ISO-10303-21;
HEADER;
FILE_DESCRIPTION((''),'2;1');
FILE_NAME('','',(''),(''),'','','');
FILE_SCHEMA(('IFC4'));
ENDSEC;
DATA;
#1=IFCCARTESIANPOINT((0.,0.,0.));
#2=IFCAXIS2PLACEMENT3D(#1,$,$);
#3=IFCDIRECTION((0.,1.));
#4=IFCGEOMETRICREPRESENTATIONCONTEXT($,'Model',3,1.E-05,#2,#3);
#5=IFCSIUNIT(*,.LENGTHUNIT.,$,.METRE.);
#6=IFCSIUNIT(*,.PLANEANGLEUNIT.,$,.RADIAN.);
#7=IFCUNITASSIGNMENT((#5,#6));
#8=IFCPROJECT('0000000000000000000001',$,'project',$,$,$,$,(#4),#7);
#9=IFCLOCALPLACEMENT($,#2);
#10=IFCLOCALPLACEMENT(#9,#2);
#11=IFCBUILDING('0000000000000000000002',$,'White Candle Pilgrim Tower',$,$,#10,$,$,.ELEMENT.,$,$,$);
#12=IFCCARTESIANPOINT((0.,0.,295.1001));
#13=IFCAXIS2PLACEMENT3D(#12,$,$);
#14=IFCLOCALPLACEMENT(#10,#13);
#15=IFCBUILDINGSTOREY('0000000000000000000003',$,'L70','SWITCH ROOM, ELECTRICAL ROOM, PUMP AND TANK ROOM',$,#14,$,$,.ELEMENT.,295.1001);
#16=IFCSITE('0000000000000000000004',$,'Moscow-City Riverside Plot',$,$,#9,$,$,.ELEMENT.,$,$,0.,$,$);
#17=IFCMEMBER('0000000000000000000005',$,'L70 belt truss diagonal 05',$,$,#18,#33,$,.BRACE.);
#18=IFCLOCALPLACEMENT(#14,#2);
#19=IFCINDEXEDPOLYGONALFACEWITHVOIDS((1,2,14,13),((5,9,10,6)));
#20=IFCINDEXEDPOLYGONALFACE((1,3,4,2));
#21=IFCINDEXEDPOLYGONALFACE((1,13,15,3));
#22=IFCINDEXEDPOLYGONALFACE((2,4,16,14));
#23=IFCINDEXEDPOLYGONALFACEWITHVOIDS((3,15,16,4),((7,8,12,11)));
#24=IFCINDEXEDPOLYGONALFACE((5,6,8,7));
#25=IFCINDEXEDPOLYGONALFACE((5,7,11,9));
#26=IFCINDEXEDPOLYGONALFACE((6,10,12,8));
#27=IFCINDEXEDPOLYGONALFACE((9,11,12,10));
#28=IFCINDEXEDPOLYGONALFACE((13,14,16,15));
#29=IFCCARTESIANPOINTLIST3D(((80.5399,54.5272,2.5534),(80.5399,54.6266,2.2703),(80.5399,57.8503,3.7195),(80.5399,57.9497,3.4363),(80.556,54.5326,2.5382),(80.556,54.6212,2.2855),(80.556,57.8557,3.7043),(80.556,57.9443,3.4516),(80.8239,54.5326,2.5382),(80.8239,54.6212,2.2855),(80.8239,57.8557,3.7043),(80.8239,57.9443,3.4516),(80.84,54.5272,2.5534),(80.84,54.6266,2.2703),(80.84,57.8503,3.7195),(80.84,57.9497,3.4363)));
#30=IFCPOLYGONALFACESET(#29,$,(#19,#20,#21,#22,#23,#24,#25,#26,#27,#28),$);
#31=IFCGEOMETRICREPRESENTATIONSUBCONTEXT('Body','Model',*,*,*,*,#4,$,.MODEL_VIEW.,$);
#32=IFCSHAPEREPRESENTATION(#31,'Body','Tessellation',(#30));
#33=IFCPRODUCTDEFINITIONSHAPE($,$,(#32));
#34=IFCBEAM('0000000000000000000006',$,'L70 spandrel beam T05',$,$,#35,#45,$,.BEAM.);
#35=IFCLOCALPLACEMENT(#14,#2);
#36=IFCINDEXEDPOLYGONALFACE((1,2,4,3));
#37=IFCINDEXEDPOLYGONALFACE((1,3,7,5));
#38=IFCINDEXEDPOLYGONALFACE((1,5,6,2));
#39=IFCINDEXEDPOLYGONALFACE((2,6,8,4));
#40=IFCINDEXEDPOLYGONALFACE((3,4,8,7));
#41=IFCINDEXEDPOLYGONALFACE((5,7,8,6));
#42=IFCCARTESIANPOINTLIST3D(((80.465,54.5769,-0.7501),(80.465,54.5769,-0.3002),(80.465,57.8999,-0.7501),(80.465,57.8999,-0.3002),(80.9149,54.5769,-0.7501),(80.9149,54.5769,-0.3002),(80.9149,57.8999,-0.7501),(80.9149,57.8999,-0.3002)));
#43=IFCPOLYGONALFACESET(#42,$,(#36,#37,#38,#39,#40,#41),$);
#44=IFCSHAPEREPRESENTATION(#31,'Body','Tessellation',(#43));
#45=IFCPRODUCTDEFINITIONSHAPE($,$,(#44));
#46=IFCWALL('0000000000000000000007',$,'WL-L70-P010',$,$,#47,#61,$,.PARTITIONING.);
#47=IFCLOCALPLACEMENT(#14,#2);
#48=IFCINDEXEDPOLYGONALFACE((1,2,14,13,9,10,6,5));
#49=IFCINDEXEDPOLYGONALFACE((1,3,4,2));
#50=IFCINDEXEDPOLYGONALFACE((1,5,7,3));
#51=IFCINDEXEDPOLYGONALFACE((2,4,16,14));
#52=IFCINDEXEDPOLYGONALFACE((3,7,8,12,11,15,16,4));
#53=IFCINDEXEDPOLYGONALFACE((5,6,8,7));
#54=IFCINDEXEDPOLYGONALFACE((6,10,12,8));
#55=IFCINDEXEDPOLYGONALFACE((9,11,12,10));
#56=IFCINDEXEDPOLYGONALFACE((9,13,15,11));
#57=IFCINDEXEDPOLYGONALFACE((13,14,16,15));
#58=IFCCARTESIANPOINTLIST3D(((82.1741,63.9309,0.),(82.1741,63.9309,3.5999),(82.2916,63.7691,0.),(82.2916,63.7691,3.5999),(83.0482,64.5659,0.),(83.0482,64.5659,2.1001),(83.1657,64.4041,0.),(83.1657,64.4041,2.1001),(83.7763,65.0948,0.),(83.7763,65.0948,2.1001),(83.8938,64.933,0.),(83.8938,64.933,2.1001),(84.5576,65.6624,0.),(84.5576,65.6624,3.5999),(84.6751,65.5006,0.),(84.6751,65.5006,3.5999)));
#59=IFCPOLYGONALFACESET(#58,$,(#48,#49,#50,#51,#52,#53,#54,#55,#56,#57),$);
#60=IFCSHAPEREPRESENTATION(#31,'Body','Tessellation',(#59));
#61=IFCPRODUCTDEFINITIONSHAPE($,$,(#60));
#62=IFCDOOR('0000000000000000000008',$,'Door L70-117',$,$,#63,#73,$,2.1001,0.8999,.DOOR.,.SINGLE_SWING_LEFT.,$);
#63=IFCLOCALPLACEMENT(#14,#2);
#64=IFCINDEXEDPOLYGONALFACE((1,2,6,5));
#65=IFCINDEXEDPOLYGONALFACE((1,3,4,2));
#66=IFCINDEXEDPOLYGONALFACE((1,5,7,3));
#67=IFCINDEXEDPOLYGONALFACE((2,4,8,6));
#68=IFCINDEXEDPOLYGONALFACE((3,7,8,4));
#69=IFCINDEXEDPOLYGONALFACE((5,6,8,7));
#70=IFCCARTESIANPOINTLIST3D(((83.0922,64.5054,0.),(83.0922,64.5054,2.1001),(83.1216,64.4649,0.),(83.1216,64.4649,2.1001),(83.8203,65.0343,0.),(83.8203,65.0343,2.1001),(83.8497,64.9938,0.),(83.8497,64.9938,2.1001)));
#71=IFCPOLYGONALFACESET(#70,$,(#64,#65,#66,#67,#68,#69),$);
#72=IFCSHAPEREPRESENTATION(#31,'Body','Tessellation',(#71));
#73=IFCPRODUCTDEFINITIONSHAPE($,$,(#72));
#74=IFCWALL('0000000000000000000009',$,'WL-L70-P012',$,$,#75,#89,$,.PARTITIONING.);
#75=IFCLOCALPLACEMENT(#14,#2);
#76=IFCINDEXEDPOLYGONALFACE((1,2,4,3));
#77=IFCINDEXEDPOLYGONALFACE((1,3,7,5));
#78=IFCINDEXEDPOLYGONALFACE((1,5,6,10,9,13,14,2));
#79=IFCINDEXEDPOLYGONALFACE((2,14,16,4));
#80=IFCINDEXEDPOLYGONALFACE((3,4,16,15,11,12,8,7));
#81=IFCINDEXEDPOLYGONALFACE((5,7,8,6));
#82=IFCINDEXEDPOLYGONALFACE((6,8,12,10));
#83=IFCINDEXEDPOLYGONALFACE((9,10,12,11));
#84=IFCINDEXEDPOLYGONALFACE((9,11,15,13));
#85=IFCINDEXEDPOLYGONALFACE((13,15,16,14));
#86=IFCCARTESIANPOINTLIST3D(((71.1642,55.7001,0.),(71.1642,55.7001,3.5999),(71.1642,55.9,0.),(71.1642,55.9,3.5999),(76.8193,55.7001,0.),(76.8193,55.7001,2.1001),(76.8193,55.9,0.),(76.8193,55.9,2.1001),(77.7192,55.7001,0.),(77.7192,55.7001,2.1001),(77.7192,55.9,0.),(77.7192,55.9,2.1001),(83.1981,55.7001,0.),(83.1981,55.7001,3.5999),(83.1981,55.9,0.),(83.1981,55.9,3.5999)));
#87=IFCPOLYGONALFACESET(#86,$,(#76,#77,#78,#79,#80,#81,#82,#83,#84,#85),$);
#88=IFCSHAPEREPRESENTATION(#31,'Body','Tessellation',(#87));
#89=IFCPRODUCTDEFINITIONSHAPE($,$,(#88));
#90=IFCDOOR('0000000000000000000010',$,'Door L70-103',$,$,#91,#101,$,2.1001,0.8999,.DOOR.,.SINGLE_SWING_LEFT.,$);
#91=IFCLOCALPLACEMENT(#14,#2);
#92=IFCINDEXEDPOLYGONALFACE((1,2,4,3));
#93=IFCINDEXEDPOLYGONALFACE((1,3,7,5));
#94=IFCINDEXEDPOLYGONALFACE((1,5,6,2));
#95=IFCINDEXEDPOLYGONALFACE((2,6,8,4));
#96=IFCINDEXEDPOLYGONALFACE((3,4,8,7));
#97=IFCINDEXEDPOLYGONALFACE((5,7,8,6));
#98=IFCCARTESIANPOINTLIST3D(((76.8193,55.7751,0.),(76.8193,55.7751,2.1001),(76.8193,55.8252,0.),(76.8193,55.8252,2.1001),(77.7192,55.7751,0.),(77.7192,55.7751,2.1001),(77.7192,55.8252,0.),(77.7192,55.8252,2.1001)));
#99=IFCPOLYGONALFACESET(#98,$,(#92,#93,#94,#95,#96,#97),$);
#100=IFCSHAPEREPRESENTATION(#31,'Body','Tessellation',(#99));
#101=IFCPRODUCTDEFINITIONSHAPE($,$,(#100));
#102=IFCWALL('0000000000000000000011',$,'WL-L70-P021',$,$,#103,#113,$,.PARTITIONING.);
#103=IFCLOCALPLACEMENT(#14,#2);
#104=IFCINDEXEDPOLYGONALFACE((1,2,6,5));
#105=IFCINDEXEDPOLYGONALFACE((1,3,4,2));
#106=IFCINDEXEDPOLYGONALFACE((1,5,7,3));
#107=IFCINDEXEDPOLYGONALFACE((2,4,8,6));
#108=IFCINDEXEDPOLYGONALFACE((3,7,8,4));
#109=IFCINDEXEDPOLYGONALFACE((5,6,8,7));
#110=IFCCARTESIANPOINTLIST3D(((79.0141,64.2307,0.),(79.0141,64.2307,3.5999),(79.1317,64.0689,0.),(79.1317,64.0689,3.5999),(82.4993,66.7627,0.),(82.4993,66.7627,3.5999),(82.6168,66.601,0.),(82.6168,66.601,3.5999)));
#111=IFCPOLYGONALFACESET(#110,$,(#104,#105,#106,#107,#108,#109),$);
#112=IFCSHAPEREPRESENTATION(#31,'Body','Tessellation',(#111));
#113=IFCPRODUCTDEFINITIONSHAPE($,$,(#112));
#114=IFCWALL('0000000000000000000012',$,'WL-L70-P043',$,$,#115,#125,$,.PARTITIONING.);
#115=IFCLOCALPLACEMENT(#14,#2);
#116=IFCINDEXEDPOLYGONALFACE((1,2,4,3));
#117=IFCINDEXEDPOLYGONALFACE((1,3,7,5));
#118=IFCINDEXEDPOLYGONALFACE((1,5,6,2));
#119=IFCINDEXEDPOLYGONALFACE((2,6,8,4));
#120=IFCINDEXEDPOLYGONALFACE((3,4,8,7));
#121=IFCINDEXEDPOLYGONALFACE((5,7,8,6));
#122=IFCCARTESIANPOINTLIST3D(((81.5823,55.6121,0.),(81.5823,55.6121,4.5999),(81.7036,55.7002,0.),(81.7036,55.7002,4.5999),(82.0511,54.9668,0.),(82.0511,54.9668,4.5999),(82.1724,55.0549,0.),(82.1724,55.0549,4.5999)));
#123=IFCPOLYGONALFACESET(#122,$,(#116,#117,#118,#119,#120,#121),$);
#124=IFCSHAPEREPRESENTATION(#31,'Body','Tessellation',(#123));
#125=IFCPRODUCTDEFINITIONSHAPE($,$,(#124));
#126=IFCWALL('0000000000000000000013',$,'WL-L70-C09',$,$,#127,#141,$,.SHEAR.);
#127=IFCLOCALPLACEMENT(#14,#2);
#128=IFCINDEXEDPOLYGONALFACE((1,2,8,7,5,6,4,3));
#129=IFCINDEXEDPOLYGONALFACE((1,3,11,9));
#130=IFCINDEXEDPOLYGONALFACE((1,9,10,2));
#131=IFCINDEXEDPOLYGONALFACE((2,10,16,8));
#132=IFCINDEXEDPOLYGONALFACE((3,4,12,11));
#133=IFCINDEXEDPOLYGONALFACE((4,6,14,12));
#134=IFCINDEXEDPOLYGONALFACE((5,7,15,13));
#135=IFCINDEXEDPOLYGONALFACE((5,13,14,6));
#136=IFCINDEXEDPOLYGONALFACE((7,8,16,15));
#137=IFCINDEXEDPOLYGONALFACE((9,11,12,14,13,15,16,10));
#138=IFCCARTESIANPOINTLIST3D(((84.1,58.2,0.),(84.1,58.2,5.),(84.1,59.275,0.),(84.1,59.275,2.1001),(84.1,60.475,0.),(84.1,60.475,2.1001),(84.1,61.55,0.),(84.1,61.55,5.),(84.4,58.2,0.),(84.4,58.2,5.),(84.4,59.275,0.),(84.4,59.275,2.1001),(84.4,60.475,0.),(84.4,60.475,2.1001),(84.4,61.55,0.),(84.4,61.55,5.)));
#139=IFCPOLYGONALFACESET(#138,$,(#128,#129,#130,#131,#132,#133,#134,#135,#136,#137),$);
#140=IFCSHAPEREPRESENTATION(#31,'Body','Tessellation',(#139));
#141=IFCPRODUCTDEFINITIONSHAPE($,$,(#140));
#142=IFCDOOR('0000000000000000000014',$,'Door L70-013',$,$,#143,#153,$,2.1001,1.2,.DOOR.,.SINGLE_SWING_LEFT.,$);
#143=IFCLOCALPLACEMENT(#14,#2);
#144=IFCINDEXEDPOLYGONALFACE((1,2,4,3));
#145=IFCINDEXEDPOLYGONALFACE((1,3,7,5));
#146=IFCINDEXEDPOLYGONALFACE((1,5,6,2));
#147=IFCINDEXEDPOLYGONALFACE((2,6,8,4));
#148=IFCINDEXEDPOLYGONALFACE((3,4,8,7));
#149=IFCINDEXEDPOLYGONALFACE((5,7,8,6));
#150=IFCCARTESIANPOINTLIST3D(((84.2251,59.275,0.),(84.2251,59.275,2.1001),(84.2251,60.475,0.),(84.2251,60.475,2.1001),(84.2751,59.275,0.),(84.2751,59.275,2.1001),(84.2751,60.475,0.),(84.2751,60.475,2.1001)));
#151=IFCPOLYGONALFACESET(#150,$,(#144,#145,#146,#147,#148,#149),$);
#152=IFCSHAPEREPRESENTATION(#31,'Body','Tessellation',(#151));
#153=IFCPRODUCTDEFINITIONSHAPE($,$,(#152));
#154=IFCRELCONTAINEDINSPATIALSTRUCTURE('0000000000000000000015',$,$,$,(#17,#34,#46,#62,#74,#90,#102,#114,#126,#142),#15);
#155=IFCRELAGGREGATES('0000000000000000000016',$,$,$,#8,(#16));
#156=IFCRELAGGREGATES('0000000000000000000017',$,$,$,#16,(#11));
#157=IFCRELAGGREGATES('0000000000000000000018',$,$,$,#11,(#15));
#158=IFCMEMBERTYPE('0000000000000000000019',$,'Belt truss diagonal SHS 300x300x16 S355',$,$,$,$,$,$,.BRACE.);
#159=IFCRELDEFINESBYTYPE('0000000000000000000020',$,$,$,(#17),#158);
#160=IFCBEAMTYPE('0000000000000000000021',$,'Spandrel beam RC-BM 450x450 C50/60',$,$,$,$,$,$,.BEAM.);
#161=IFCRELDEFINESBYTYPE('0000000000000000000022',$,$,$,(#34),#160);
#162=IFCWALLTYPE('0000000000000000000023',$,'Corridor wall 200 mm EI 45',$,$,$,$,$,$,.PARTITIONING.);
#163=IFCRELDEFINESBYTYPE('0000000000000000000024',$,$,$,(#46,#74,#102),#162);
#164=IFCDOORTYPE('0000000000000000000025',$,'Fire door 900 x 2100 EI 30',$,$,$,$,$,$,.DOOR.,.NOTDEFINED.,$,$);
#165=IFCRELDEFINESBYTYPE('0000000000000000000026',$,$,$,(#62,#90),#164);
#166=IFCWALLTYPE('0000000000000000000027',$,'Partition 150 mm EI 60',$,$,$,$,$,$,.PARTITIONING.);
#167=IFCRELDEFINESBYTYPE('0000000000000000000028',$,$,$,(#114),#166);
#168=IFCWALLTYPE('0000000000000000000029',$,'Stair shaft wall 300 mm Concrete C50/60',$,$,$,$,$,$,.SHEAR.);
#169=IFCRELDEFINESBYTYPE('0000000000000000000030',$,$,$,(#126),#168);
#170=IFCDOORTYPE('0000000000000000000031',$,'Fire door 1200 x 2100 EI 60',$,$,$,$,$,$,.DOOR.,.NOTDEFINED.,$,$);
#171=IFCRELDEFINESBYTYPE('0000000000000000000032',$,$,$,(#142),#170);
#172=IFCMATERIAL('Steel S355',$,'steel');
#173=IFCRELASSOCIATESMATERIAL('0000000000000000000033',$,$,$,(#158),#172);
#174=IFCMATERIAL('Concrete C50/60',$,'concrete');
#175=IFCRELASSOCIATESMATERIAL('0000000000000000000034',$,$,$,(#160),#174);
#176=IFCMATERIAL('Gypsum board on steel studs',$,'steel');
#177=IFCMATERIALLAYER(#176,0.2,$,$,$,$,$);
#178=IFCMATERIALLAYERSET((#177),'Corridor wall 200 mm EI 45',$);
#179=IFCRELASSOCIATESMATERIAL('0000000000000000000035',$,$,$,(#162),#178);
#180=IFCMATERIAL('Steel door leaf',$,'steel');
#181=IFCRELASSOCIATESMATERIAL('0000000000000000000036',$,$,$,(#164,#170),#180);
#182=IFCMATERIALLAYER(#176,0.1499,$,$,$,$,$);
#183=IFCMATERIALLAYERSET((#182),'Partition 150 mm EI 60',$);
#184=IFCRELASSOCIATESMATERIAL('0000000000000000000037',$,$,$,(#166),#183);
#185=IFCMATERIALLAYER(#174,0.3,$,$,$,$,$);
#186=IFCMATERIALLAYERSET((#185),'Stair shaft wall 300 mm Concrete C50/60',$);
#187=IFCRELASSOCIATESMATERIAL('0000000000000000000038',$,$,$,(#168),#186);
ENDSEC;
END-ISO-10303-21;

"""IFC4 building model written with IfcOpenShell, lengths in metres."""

from ifc_helpers import new_model, si_unit, direction, frame, frame_2d, origin, origin_2d, place, context, subcontext, project, spatial, rectangle, hollow_rectangle, extrude, material, layer, layer_set, material_profile, profile_set, type_object, element, fill, save


model = new_model("IFC4")

# Units and contexts
model_context = context("Model", 3, precision=1e-05, world=origin(), true_north=direction((0.0, 1.0)))
body_context = subcontext(model_context, "Body", "Model", "MODEL_VIEW")
ifc_project = project(units=[si_unit("LENGTHUNIT", "METRE"), si_unit("PLANEANGLEUNIT", "RADIAN")], contexts=[model_context])

# Site, building, storey
site_placement = place(None, origin())
site = spatial("IfcSite", under=ifc_project, at=site_placement, Name="Moscow-City Riverside Plot", CompositionType="ELEMENT", RefElevation=0.0)
building_placement = place(site_placement, origin())
building = spatial("IfcBuilding", under=site, at=building_placement, Name="White Candle Pilgrim Tower", CompositionType="ELEMENT")
storey_placement = place(building_placement, frame((0.0, 0.0, 295.1001)))
storey = spatial("IfcBuildingStorey", under=building, at=storey_placement, Name="L70", Description="SWITCH ROOM, ELECTRICAL ROOM, PUMP AND TANK ROOM", CompositionType="ELEMENT", Elevation=295.1001)

# Member
ifc_material_1 = material(Name="Steel S355", Category="steel")
ifc_material_profile_1 = material_profile(ifc_material_1, hollow_rectangle(XDim=0.3, YDim=0.3, WallThickness=0.0161, at=origin_2d()), Name="SHS 300x300x16")
ifc_profile_set_1 = profile_set([ifc_material_profile_1], Name="Steel S355")
member_type_1 = type_object("IfcMemberType", Name="Belt truss diagonal SHS 300x300x16 S355", PredefinedType="BRACE", material=ifc_profile_set_1)
member_1_placement = place(storey_placement, frame((80.6899, 54.5769, 2.4119), z_axis=(0.0, 0.943595, 0.331101), x_axis=(-1.0, 0.0, 0.0)))
element("IfcMember", 1, at=member_1_placement, inside=storey, type_object=member_type_1, Name="L70 belt truss diagonal 05", PredefinedType="BRACE", context=body_context, shape_type="SweptSolid", body=[
    extrude(hollow_rectangle(XDim=0.3, YDim=0.3, WallThickness=0.0161, at=origin_2d()), origin(), (0.0, 0.0, 1.0), 3.5217),
])

# Beam
ifc_material_2 = material(Name="Concrete C50/60", Category="concrete")
ifc_material_profile_2 = material_profile(ifc_material_2, rectangle(XDim=0.45, YDim=0.45, at=origin_2d()), Name="RC-BM 450x450")
ifc_profile_set_2 = profile_set([ifc_material_profile_2], Name="Concrete C50/60")
beam_type = type_object("IfcBeamType", Name="Spandrel beam RC-BM 450x450 C50/60", PredefinedType="BEAM", material=ifc_profile_set_2)
beam_placement = place(storey_placement, frame((80.6899, 54.5769, -0.5251), z_axis=(0.0, 1.0, 0.0), x_axis=(-1.0, 0.0, 0.0)))
element("IfcBeam", 2, at=beam_placement, inside=storey, type_object=beam_type, Name="L70 spandrel beam T05", PredefinedType="BEAM", context=body_context, shape_type="SweptSolid", body=[
    extrude(rectangle(XDim=0.45, YDim=0.45, at=origin_2d()), origin(), (0.0, 0.0, 1.0), 3.323),
])

# Walls, openings, doors
ifc_material_3 = material(Name="Gypsum board on steel studs", Category="steel")
ifc_layer_1 = layer(ifc_material_3, 0.2)
ifc_layer_set_1 = layer_set([ifc_layer_1], Name="Corridor wall 200 mm EI 45")
wall_type_1 = type_object("IfcWallType", Name="Corridor wall 200 mm EI 45", PredefinedType="PARTITIONING", material=ifc_layer_set_1)
wall_1_placement = place(storey_placement, frame((84.6165, 65.5815, 0.0), z_axis=(0.0, 0.0, 1.0), x_axis=(-0.809066, -0.587718, 0.0)))
wall_1 = element("IfcWall", 3, at=wall_1_placement, inside=storey, type_object=wall_type_1, Name="WL-L70-P010", PredefinedType="PARTITIONING", context=body_context, shape_type="SweptSolid", body=[
    extrude(rectangle(XDim=2.946, YDim=0.2, at=frame_2d((1.4731, 0.0))), origin(), (0.0, 0.0, 1.0), 3.5999),
])
opening_1_placement = place(wall_1_placement, frame((0.9658, 0.0, 0.0)))
opening_1 = element("IfcOpeningElement", 4, at=opening_1_placement, cuts=wall_1, PredefinedType="OPENING", context=body_context, shape_type="SweptSolid", body=[
    extrude(rectangle(XDim=0.8999, YDim=2.1001, at=frame_2d((0.45, 1.05))), frame((0.0, 0.1099, 0.0), z_axis=(0.0, -1.0, 0.0), x_axis=(1.0, 0.0, 0.0)), (0.0, 0.0, 1.0), 0.22),
])
ifc_material_4 = material(Name="Steel door leaf", Category="steel")
door_type_1 = type_object("IfcDoorType", Name="Fire door 900 x 2100 EI 30", OperationType="NOTDEFINED", PredefinedType="DOOR", material=ifc_material_4)
door_1_placement = place(opening_1_placement, origin())
door_1 = element("IfcDoor", 5, at=door_1_placement, inside=storey, type_object=door_type_1, Name="Door L70-117", OperationType="SINGLE_SWING_LEFT", OverallHeight=2.1001, OverallWidth=0.8999, PredefinedType="DOOR", context=body_context, shape_type="SweptSolid", body=[
    extrude(rectangle(XDim=0.8999, YDim=2.1001, at=frame_2d((0.45, 1.05))), frame((0.0, 0.0249, 0.0), z_axis=(0.0, -1.0, 0.0), x_axis=(1.0, 0.0, 0.0)), (0.0, 0.0, 1.0), 0.05),
])
fill(opening_1, door_1)
wall_2_placement = place(storey_placement, frame((83.1982, 55.8, 0.0), z_axis=(0.0, 0.0, 1.0), x_axis=(-1.0, 0.0, 0.0)))
wall_2 = element("IfcWall", 6, at=wall_2_placement, inside=storey, type_object=wall_type_1, Name="WL-L70-P012", PredefinedType="PARTITIONING", context=body_context, shape_type="SweptSolid", body=[
    extrude(rectangle(XDim=12.0339, YDim=0.2, at=frame_2d((6.0171, 0.0))), origin(), (0.0, 0.0, 1.0), 3.5999),
])
opening_2_placement = place(wall_2_placement, frame((5.479, 0.0, 0.0)))
opening_2 = element("IfcOpeningElement", 7, at=opening_2_placement, cuts=wall_2, PredefinedType="OPENING", context=body_context, shape_type="SweptSolid", body=[
    extrude(rectangle(XDim=0.8999, YDim=2.1001, at=frame_2d((0.45, 1.05))), frame((0.0, 0.1099, 0.0), z_axis=(0.0, -1.0, 0.0), x_axis=(1.0, 0.0, 0.0)), (0.0, 0.0, 1.0), 0.22),
])
door_2_placement = place(opening_2_placement, origin())
door_2 = element("IfcDoor", 8, at=door_2_placement, inside=storey, type_object=door_type_1, Name="Door L70-103", OperationType="SINGLE_SWING_LEFT", OverallHeight=2.1001, OverallWidth=0.8999, PredefinedType="DOOR", context=body_context, shape_type="SweptSolid", body=[
    extrude(rectangle(XDim=0.8999, YDim=2.1001, at=frame_2d((0.45, 1.05))), frame((0.0, 0.0249, 0.0), z_axis=(0.0, -1.0, 0.0), x_axis=(1.0, 0.0, 0.0)), (0.0, 0.0, 1.0), 0.05),
])
fill(opening_2, door_2)

# Walls
wall_3_placement = place(storey_placement, frame((79.073, 64.1499, 0.0), z_axis=(0.0, 0.0, 1.0), x_axis=(0.809028, 0.587771, 0.0)))
element("IfcWall", 9, at=wall_3_placement, inside=storey, type_object=wall_type_1, Name="WL-L70-P021", PredefinedType="PARTITIONING", context=body_context, shape_type="SweptSolid", body=[
    extrude(rectangle(XDim=4.3079, YDim=0.2, at=frame_2d((2.1538, 0.0))), origin(), (0.0, 0.0, 1.0), 3.5999),
])
ifc_layer_2 = layer(ifc_material_3, 0.1499)
ifc_layer_set_2 = layer_set([ifc_layer_2], Name="Partition 150 mm EI 60")
wall_type_2 = type_object("IfcWallType", Name="Partition 150 mm EI 60", PredefinedType="PARTITIONING", material=ifc_layer_set_2)
wall_4_placement = place(storey_placement, frame((82.1118, 55.0107, 0.0), z_axis=(0.0, 0.0, 1.0), x_axis=(-0.587735, 0.809054, 0.0)))
element("IfcWall", 10, at=wall_4_placement, inside=storey, type_object=wall_type_2, Name="WL-L70-P043", PredefinedType="PARTITIONING", context=body_context, shape_type="SweptSolid", body=[
    extrude(rectangle(XDim=0.7976, YDim=0.1499, at=frame_2d((0.3989, 0.0))), origin(), (0.0, 0.0, 1.0), 4.5999),
])

# Wall, opening, door
ifc_layer_3 = layer(ifc_material_2, 0.3)
ifc_layer_set_3 = layer_set([ifc_layer_3], Name="Stair shaft wall 300 mm Concrete C50/60")
wall_type_3 = type_object("IfcWallType", Name="Stair shaft wall 300 mm Concrete C50/60", PredefinedType="SHEAR", material=ifc_layer_set_3)
wall_5_placement = place(storey_placement, frame((84.25, 58.2, 0.0), z_axis=(0.0, 0.0, 1.0), x_axis=(0.0, 1.0, 0.0)))
wall_5 = element("IfcWall", 11, at=wall_5_placement, inside=storey, type_object=wall_type_3, Name="WL-L70-C09", PredefinedType="SHEAR", context=body_context, shape_type="SweptSolid", body=[
    extrude(rectangle(XDim=3.3501, YDim=0.3, at=frame_2d((1.675, 0.0))), origin(), (0.0, 0.0, 1.0), 5.0),
])
opening_3_placement = place(wall_5_placement, frame((1.075, 0.0, 0.0)))
opening_3 = element("IfcOpeningElement", 12, at=opening_3_placement, cuts=wall_5, PredefinedType="OPENING", context=body_context, shape_type="SweptSolid", body=[
    extrude(rectangle(XDim=1.2, YDim=2.1001, at=frame_2d((0.6001, 1.05))), frame((0.0, 0.1599, 0.0), z_axis=(0.0, -1.0, 0.0), x_axis=(1.0, 0.0, 0.0)), (0.0, 0.0, 1.0), 0.3201),
])
door_type_2 = type_object("IfcDoorType", Name="Fire door 1200 x 2100 EI 60", OperationType="NOTDEFINED", PredefinedType="DOOR", material=ifc_material_4)
door_3_placement = place(opening_3_placement, origin())
door_3 = element("IfcDoor", 13, at=door_3_placement, inside=storey, type_object=door_type_2, Name="Door L70-013", OperationType="SINGLE_SWING_LEFT", OverallHeight=2.1001, OverallWidth=1.2, PredefinedType="DOOR", context=body_context, shape_type="SweptSolid", body=[
    extrude(rectangle(XDim=1.2, YDim=2.1001, at=frame_2d((0.6001, 1.05))), frame((0.0, 0.0249, 0.0), z_axis=(0.0, -1.0, 0.0), x_axis=(1.0, 0.0, 0.0)), (0.0, 0.0, 1.0), 0.05),
])
fill(opening_3, door_3)

save(model, "model.ifc")
